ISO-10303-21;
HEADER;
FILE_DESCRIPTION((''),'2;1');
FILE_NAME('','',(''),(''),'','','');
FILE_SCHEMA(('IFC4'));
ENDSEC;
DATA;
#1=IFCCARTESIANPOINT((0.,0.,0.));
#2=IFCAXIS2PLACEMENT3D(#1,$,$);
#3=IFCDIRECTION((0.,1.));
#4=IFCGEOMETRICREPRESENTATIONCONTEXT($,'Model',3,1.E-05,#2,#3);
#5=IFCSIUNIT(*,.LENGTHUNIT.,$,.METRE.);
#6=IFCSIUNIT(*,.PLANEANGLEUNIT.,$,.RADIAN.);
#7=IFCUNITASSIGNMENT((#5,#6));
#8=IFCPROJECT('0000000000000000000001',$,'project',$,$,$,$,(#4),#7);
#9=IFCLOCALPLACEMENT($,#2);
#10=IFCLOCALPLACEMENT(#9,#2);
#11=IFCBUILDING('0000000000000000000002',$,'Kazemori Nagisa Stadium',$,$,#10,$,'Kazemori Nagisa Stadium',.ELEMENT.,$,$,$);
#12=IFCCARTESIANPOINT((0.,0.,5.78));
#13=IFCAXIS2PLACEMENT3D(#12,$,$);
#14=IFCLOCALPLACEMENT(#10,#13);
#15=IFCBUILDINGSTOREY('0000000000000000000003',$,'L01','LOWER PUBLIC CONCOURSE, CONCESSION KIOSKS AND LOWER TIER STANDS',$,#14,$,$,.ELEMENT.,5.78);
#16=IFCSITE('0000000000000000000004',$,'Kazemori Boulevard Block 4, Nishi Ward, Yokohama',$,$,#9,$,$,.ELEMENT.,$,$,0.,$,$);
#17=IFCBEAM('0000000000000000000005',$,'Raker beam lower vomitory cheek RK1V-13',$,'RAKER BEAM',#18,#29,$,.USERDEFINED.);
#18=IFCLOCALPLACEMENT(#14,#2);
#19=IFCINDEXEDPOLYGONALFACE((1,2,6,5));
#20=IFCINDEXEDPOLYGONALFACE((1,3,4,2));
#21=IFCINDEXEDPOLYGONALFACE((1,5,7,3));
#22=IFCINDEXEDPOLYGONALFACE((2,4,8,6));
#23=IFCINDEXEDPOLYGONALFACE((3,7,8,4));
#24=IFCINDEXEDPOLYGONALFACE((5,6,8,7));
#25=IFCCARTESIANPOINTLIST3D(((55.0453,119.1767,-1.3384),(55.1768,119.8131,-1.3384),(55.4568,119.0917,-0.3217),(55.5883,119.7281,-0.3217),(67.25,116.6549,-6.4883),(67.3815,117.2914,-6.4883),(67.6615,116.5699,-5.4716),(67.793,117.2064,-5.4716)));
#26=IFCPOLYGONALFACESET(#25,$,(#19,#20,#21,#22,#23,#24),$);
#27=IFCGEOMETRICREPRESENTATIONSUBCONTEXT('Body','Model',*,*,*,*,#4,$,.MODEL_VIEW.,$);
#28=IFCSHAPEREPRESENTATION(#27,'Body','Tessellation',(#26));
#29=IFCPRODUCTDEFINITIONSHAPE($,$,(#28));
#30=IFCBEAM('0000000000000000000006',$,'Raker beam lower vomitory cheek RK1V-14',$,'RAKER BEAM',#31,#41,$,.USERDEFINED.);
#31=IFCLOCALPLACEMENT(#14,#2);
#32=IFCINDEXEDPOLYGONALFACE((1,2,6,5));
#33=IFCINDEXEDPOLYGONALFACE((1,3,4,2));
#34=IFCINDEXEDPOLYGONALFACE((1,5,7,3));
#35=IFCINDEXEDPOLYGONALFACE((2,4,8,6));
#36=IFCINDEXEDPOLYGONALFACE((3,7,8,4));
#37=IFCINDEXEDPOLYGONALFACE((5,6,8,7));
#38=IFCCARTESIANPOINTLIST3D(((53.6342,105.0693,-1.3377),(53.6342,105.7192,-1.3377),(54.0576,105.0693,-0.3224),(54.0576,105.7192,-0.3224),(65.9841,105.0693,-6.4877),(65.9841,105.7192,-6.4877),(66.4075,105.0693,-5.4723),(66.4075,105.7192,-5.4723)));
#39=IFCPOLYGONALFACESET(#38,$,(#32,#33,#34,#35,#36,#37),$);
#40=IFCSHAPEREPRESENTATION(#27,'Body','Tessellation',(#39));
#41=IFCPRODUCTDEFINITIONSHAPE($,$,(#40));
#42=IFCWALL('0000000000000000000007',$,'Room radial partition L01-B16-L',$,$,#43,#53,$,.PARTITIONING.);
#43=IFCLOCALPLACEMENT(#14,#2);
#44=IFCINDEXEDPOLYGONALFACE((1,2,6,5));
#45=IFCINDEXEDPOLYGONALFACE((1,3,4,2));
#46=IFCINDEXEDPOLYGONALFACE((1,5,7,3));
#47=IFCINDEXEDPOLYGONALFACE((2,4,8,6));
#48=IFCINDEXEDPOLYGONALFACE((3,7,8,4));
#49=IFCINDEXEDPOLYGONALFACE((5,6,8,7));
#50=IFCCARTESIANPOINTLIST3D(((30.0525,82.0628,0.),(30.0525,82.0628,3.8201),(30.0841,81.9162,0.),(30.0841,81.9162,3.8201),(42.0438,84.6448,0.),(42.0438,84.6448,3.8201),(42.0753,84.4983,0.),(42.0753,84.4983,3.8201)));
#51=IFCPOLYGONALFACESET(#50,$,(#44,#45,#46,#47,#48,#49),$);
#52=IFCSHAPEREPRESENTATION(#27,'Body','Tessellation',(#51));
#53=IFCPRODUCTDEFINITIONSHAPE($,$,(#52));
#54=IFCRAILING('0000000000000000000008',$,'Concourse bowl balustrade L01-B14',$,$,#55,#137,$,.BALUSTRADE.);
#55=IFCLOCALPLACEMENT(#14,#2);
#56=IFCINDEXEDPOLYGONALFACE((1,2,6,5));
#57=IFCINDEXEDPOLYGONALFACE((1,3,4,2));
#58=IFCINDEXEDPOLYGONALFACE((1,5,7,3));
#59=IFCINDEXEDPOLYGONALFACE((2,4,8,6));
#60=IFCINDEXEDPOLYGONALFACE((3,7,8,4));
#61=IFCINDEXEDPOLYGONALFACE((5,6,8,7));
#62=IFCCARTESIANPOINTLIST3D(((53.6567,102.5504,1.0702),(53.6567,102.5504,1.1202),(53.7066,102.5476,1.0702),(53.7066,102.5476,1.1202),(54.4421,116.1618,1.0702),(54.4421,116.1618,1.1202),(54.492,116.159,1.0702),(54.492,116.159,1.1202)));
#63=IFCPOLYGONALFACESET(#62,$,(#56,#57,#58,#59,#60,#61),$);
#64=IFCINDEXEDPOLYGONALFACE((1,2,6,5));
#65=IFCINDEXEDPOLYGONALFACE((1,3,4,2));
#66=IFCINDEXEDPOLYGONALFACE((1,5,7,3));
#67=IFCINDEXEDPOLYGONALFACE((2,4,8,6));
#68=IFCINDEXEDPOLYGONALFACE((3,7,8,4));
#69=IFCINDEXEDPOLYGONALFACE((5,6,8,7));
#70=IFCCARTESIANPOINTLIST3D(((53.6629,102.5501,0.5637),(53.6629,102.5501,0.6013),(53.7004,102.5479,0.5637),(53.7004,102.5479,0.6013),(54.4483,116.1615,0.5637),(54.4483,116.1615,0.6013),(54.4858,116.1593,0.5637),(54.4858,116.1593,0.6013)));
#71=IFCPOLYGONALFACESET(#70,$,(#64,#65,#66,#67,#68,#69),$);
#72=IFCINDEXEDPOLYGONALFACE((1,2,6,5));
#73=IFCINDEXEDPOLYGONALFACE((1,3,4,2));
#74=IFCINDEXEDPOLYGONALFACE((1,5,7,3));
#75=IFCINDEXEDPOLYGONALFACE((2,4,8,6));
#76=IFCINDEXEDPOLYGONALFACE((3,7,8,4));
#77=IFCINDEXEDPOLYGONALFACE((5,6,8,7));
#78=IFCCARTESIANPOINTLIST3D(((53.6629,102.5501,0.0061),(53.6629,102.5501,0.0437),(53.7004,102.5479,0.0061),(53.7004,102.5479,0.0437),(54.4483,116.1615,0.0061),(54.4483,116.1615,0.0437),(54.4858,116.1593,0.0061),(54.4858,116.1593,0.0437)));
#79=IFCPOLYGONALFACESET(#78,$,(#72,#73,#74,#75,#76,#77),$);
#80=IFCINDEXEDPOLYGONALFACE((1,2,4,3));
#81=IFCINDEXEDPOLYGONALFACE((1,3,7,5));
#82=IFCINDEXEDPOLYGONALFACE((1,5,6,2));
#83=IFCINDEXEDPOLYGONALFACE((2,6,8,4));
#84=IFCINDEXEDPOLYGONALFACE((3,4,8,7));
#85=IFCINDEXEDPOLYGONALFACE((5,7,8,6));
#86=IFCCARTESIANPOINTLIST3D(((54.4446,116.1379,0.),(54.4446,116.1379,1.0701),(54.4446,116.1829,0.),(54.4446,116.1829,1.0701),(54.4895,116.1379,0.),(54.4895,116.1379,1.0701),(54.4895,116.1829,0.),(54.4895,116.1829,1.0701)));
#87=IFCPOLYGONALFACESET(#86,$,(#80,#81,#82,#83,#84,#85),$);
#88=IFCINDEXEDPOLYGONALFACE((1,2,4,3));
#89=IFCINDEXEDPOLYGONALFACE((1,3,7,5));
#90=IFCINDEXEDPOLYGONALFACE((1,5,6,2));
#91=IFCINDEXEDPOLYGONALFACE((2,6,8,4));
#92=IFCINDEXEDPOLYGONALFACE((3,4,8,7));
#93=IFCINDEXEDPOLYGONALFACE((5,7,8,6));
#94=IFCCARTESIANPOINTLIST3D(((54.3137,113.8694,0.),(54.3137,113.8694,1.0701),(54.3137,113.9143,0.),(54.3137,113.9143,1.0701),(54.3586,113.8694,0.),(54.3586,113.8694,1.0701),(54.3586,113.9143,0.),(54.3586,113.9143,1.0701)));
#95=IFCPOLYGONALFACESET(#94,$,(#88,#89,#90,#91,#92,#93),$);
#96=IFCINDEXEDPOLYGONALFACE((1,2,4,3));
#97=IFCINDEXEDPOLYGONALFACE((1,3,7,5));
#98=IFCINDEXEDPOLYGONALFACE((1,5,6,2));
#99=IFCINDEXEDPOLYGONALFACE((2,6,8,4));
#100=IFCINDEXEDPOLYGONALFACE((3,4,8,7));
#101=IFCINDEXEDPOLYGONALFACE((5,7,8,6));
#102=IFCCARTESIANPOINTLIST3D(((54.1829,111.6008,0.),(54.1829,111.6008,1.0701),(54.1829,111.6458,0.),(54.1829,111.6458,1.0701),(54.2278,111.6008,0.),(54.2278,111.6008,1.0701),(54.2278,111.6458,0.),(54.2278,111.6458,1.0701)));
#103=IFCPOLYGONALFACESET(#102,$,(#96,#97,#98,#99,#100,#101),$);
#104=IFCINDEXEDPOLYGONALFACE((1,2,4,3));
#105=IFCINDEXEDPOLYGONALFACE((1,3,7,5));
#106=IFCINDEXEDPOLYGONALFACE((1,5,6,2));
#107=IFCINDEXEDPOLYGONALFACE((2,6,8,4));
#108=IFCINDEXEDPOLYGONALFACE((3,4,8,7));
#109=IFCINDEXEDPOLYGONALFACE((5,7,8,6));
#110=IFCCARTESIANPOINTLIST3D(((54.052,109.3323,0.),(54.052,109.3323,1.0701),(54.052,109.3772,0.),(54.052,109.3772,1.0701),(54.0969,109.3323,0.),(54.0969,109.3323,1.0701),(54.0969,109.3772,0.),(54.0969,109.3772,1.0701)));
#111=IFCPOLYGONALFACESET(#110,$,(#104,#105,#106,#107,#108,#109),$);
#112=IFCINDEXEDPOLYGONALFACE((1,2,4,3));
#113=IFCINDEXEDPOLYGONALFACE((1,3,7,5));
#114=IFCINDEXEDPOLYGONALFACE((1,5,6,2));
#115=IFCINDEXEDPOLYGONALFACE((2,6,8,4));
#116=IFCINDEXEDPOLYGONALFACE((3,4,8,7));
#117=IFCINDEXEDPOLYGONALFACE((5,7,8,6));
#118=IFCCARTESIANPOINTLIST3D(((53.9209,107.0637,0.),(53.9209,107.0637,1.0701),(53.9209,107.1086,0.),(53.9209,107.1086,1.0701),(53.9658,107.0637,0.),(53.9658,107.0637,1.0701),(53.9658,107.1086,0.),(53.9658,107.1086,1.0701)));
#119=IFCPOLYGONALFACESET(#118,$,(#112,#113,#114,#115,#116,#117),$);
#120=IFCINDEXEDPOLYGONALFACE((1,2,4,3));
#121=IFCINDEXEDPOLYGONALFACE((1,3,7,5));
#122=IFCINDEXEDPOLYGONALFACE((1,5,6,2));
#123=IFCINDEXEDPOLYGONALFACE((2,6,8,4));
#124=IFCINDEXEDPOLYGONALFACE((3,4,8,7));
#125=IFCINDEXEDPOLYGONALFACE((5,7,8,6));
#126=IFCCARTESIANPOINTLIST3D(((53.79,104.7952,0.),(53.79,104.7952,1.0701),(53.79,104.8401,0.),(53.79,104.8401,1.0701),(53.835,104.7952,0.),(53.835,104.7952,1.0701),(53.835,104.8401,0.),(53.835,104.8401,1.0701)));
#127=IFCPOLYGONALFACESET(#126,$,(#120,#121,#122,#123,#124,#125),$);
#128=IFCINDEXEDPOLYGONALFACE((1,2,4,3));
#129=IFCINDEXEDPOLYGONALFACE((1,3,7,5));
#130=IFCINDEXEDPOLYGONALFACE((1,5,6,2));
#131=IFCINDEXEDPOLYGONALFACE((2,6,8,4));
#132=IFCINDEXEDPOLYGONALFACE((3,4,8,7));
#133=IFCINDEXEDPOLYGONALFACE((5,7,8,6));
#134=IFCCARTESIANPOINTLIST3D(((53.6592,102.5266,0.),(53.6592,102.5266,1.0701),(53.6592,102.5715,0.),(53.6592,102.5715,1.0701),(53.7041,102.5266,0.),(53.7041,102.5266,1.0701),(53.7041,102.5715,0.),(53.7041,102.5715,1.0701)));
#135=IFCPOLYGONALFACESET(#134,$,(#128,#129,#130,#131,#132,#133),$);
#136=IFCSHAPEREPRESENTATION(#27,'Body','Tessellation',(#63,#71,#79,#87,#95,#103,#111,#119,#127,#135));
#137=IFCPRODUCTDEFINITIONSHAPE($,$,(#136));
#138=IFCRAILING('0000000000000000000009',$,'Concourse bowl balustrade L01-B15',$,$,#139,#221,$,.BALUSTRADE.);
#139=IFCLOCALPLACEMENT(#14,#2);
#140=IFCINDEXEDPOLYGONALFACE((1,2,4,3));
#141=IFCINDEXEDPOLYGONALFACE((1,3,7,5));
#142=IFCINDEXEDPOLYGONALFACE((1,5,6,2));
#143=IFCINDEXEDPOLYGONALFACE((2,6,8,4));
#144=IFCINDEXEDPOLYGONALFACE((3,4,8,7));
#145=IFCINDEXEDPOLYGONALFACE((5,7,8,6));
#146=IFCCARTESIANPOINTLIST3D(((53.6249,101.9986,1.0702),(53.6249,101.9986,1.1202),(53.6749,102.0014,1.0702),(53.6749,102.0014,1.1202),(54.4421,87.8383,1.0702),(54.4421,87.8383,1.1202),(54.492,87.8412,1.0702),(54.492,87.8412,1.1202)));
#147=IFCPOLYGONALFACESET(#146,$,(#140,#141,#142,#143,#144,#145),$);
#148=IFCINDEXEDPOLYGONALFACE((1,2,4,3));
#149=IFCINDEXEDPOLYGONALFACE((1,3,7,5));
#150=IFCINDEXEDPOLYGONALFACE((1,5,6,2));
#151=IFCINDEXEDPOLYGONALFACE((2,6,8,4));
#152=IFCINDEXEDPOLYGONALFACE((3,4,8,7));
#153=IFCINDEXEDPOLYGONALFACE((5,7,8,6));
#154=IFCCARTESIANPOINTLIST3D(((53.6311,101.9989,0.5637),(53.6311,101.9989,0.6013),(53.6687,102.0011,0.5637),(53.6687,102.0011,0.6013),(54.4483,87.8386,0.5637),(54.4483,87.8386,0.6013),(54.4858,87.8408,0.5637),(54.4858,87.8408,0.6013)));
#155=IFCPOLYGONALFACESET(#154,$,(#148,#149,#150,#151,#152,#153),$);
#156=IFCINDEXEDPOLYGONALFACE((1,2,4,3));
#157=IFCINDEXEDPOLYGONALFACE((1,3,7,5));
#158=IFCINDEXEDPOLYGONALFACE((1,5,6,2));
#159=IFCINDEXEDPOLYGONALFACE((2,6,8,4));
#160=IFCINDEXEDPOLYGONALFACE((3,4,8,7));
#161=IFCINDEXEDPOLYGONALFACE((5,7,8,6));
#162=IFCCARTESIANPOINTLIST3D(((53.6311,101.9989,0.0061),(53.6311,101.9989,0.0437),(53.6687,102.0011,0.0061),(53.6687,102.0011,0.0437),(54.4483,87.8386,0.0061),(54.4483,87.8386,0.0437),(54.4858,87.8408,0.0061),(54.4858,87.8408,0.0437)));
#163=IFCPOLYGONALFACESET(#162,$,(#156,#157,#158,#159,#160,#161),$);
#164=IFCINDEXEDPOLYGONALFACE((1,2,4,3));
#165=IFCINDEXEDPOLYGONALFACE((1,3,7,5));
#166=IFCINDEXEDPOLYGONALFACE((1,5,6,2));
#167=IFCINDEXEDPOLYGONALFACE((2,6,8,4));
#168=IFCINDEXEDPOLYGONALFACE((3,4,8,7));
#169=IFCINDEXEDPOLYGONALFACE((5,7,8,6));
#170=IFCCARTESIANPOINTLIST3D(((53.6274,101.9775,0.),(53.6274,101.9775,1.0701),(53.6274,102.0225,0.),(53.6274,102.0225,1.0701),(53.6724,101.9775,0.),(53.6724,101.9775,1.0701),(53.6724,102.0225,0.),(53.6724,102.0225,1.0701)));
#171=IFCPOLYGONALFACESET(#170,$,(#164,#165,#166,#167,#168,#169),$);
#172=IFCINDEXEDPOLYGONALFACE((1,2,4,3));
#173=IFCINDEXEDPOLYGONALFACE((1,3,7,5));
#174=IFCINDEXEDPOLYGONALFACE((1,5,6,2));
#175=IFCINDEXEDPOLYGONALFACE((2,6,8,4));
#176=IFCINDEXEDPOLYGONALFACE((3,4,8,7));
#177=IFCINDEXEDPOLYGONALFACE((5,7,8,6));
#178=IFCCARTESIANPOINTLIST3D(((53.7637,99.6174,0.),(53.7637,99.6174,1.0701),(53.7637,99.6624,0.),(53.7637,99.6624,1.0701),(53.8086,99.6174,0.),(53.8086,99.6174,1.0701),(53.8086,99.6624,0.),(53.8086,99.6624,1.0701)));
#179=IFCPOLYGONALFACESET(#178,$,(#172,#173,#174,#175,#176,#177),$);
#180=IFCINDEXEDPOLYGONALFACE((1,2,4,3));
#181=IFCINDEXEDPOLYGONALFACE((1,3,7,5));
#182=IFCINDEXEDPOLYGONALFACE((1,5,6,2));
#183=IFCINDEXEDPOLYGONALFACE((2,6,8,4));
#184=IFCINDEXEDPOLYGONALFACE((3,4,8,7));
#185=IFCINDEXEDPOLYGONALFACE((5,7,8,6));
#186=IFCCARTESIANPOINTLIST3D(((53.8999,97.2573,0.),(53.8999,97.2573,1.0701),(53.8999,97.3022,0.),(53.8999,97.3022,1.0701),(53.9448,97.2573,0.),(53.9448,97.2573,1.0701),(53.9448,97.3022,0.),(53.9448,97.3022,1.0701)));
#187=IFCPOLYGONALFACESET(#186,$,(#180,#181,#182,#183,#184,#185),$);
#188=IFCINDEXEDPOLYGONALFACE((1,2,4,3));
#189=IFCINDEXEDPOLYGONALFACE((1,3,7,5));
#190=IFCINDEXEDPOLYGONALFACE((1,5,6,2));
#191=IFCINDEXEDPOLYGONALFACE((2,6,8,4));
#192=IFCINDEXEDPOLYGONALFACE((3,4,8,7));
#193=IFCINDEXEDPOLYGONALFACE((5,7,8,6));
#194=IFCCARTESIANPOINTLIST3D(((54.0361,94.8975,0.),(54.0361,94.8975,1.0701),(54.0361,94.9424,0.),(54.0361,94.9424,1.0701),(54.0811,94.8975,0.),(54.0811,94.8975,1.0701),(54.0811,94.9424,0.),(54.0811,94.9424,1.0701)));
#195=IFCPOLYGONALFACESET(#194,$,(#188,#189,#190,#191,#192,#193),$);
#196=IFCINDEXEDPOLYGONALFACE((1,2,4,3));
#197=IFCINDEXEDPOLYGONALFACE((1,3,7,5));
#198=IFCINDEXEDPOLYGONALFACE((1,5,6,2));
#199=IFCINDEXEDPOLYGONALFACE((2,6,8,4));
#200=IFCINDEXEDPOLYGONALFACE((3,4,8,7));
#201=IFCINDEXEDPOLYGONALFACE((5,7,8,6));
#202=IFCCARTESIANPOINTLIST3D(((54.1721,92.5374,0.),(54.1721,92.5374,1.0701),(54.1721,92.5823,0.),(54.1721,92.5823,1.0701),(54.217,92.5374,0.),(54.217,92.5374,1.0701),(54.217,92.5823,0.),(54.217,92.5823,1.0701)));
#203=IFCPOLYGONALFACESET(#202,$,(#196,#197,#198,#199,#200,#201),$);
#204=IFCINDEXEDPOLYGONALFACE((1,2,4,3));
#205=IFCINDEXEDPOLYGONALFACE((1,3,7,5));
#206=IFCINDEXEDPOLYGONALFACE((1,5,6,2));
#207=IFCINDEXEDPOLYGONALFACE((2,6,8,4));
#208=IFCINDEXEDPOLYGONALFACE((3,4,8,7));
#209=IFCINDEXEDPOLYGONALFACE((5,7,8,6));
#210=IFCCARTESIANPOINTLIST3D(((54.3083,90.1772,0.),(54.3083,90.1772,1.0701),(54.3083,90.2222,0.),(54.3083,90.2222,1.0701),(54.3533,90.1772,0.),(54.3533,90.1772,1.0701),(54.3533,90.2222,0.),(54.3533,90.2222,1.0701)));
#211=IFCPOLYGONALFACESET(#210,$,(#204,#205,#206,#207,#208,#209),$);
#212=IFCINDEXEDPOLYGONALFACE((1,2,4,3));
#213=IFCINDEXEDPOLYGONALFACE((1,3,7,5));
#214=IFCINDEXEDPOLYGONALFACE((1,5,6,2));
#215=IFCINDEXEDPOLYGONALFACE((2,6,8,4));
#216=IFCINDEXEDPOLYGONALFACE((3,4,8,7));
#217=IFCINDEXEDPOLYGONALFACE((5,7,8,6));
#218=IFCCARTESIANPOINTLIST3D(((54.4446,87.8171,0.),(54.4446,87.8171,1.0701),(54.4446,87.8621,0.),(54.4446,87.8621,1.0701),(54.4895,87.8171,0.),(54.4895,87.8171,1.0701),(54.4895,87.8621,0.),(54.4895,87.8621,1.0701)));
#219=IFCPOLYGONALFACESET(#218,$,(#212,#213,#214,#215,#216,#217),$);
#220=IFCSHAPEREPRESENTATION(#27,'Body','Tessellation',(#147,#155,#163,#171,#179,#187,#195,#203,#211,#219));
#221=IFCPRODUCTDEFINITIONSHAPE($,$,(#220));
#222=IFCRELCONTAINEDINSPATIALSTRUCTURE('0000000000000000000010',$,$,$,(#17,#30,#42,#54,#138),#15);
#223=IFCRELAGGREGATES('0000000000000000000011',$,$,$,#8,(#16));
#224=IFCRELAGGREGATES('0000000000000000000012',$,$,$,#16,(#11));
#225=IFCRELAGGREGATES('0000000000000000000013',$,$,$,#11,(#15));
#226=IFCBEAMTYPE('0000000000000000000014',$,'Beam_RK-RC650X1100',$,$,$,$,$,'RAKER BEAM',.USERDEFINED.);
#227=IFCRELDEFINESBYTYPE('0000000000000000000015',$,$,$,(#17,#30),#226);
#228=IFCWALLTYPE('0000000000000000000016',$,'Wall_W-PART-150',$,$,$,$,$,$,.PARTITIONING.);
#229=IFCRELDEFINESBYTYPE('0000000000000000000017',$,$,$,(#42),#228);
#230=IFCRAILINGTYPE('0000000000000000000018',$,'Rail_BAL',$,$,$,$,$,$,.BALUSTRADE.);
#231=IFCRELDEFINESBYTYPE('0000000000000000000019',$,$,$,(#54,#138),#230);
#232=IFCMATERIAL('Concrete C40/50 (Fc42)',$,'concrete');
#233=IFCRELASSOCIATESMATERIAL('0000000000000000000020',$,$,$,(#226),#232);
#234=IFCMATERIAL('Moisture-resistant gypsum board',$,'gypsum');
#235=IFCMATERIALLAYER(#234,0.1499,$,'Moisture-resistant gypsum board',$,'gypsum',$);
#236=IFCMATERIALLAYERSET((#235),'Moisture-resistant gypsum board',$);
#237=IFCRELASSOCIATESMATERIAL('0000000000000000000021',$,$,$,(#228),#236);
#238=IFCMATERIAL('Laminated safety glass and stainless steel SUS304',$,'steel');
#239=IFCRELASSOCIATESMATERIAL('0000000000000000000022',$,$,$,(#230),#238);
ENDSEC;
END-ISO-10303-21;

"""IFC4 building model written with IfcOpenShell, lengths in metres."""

from ifc_helpers import new_model, si_unit, direction, frame, frame_2d, origin, origin_2d, place, context, subcontext, project, spatial, rectangle, extrude, material, layer, layer_set, material_profile, profile_set, type_object, element, save


model = new_model("IFC4")

# Units and contexts
model_context = context("Model", 3, precision=1e-05, world=origin(), true_north=direction((0.0, 1.0)))
body_context = subcontext(model_context, "Body", "Model", "MODEL_VIEW")
ifc_project = project(units=[si_unit("LENGTHUNIT", "METRE"), si_unit("PLANEANGLEUNIT", "RADIAN")], contexts=[model_context])

# Site, building, storey
site_placement = place(None, origin())
site = spatial("IfcSite", under=ifc_project, at=site_placement, Name="Kazemori Boulevard Block 4, Nishi Ward, Yokohama", CompositionType="ELEMENT", RefElevation=0.0)
building_placement = place(site_placement, origin())
building = spatial("IfcBuilding", under=site, at=building_placement, Name="Kazemori Nagisa Stadium", LongName="Kazemori Nagisa Stadium", CompositionType="ELEMENT")
storey_placement = place(building_placement, frame((0.0, 0.0, 5.78)))
storey = spatial("IfcBuildingStorey", under=building, at=storey_placement, Name="L01", Description="LOWER PUBLIC CONCOURSE, CONCESSION KIOSKS AND LOWER TIER STANDS", CompositionType="ELEMENT", Elevation=5.78)

# Shared definitions
ifc_material_1 = material(Name="Concrete C40/50 (Fc42)", Category="concrete")

# Beams
ifc_material_profile_1 = material_profile(ifc_material_1, rectangle(XDim=0.6499, YDim=1.1001, at=origin_2d()), Name="RC-RK-650x1100")
ifc_profile_set_1 = profile_set([ifc_material_profile_1], Name="Concrete C40/50 (Fc42)")
beam_type_1 = type_object("IfcBeamType", Name="Beam_RK-RC650X1100", ElementType="RAKER BEAM", PredefinedType="USERDEFINED", material=ifc_profile_set_1)
for number, where, z_axis, x_axis, name in (
    (1, (67.5215, 116.9307, -5.98), (-0.905081, 0.187009, 0.381912), (-0.202347, -0.979314, 0.0), "Raker beam lower vomitory cheek RK1V-13"),
):
    element("IfcBeam", number, at=place(storey_placement, frame(where, z_axis=z_axis, x_axis=x_axis)), inside=storey, type_object=beam_type_1, Name=name, ObjectType="RAKER BEAM", PredefinedType="USERDEFINED", context=body_context, shape_type="SweptSolid", body=[
        extrude(rectangle(XDim=0.6499, YDim=1.1001, at=origin_2d()), origin(), (0.0, 0.0, 1.0), 13.4846),
    ])
beam_1_placement = place(storey_placement, frame((66.1958, 105.3943, -5.98), z_axis=(-0.922967, 0.0, 0.384878), x_axis=(0.0, -1.0, 0.0)))
element("IfcBeam", 2, at=beam_1_placement, inside=storey, type_object=beam_type_1, Name="Raker beam lower vomitory cheek RK1V-14", ObjectType="RAKER BEAM", PredefinedType="USERDEFINED", context=body_context, shape_type="SweptSolid", body=[
    extrude(rectangle(XDim=0.6499, YDim=1.1001, at=origin_2d()), origin(), (0.0, 0.0, 1.0), 13.3806),
])

# Wall
ifc_material_2 = material(Name="Moisture-resistant gypsum board", Category="gypsum")
ifc_layer = layer(ifc_material_2, 0.1499, Name="Moisture-resistant gypsum board", Category="gypsum")
ifc_layer_set = layer_set([ifc_layer], Name="Moisture-resistant gypsum board")
wall_type = type_object("IfcWallType", Name="Wall_W-PART-150", PredefinedType="PARTITIONING", material=ifc_layer_set)
wall_placement = place(storey_placement, frame((42.0596, 84.5715, 0.0), z_axis=(0.0, 0.0, 1.0), x_axis=(-0.977593, -0.210502, 0.0)))
element("IfcWall", 3, at=wall_placement, inside=storey, type_object=wall_type, Name="Room radial partition L01-B16-L", PredefinedType="PARTITIONING", context=body_context, shape_type="SweptSolid", body=[
    extrude(rectangle(XDim=12.2661, YDim=0.1499, at=frame_2d((6.1331, 0.0))), origin(), (0.0, 0.0, 1.0), 3.8201),
])

# Railings
ifc_material_3 = material(Name="Laminated safety glass and stainless steel SUS304", Category="steel")
railing_type_1 = type_object("IfcRailingType", Name="Rail_BAL", PredefinedType="BALUSTRADE", material=ifc_material_3)
railing_1_placement = place(storey_placement, frame((54.467, 116.1604, 0.0)))
element("IfcRailing", 4, at=railing_1_placement, inside=storey, type_object=railing_type_1, Name="Concourse bowl balustrade L01-B14", PredefinedType="BALUSTRADE", context=body_context, shape_type="SweptSolid", body=[
    extrude(rectangle(XDim=0.05, YDim=0.05, at=origin_2d()), frame((0.0, 0.0, 1.0952), z_axis=(-0.057606, -0.998339, 0.0), x_axis=(0.998339, -0.057606, 0.0)), (0.0, 0.0, 1.0), 13.634),
    extrude(rectangle(XDim=0.0376, YDim=0.0376, at=origin_2d()), frame((0.0, 0.0, 0.5825), z_axis=(-0.057606, -0.998339, 0.0), x_axis=(0.998339, -0.057606, 0.0)), (0.0, 0.0, 1.0), 13.634),
    extrude(rectangle(XDim=0.0376, YDim=0.0376, at=origin_2d()), frame((0.0, 0.0, 0.0249), z_axis=(-0.057606, -0.998339, 0.0), x_axis=(0.998339, -0.057606, 0.0)), (0.0, 0.0, 1.0), 13.634),
    extrude(rectangle(XDim=0.0449, YDim=0.0449, at=origin_2d()), origin(), (0.0, 0.0, 1.0), 1.0701),
    extrude(rectangle(XDim=0.0449, YDim=0.0449, at=origin_2d()), frame((-0.1309, -2.2686, 0.0)), (0.0, 0.0, 1.0), 1.0701),
    extrude(rectangle(XDim=0.0449, YDim=0.0449, at=origin_2d()), frame((-0.2617, -4.5371, 0.0)), (0.0, 0.0, 1.0), 1.0701),
    extrude(rectangle(XDim=0.0449, YDim=0.0449, at=origin_2d()), frame((-0.3926, -6.8057, 0.0)), (0.0, 0.0, 1.0), 1.0701),
    extrude(rectangle(XDim=0.0449, YDim=0.0449, at=origin_2d()), frame((-0.5237, -9.0742, 0.0)), (0.0, 0.0, 1.0), 1.0701),
    extrude(rectangle(XDim=0.0449, YDim=0.0449, at=origin_2d()), frame((-0.6545, -11.3428, 0.0)), (0.0, 0.0, 1.0), 1.0701),
    extrude(rectangle(XDim=0.0449, YDim=0.0449, at=origin_2d()), frame((-0.7854, -13.6113, 0.0)), (0.0, 0.0, 1.0), 1.0701),
])
railing_2_placement = place(storey_placement, frame((53.6499, 102.0, 0.0)))
element("IfcRailing", 5, at=railing_2_placement, inside=storey, type_object=railing_type_1, Name="Concourse bowl balustrade L01-B15", PredefinedType="BALUSTRADE", context=body_context, shape_type="SweptSolid", body=[
    extrude(rectangle(XDim=0.05, YDim=0.05, at=origin_2d()), frame((0.0, 0.0, 1.0952), z_axis=(0.05761, -0.998339, 0.0), x_axis=(0.998339, 0.05761, 0.0)), (0.0, 0.0, 1.0), 14.1838),
    extrude(rectangle(XDim=0.0376, YDim=0.0376, at=origin_2d()), frame((0.0, 0.0, 0.5825), z_axis=(0.05761, -0.998339, 0.0), x_axis=(0.998339, 0.05761, 0.0)), (0.0, 0.0, 1.0), 14.1838),
    extrude(rectangle(XDim=0.0376, YDim=0.0376, at=origin_2d()), frame((0.0, 0.0, 0.0249), z_axis=(0.05761, -0.998339, 0.0), x_axis=(0.998339, 0.05761, 0.0)), (0.0, 0.0, 1.0), 14.1838),
    extrude(rectangle(XDim=0.0449, YDim=0.0449, at=origin_2d()), origin(), (0.0, 0.0, 1.0), 1.0701),
    extrude(rectangle(XDim=0.0449, YDim=0.0449, at=origin_2d()), frame((0.1362, -2.3601, 0.0)), (0.0, 0.0, 1.0), 1.0701),
    extrude(rectangle(XDim=0.0449, YDim=0.0449, at=origin_2d()), frame((0.2725, -4.7202, 0.0)), (0.0, 0.0, 1.0), 1.0701),
    extrude(rectangle(XDim=0.0449, YDim=0.0449, at=origin_2d()), frame((0.4087, -7.0801, 0.0)), (0.0, 0.0, 1.0), 1.0701),
    extrude(rectangle(XDim=0.0449, YDim=0.0449, at=origin_2d()), frame((0.5447, -9.4402, 0.0)), (0.0, 0.0, 1.0), 1.0701),
    extrude(rectangle(XDim=0.0449, YDim=0.0449, at=origin_2d()), frame((0.6809, -11.8003, 0.0)), (0.0, 0.0, 1.0), 1.0701),
    extrude(rectangle(XDim=0.0449, YDim=0.0449, at=origin_2d()), frame((0.8171, -14.1604, 0.0)), (0.0, 0.0, 1.0), 1.0701),
])

save(model, "model.ifc")
